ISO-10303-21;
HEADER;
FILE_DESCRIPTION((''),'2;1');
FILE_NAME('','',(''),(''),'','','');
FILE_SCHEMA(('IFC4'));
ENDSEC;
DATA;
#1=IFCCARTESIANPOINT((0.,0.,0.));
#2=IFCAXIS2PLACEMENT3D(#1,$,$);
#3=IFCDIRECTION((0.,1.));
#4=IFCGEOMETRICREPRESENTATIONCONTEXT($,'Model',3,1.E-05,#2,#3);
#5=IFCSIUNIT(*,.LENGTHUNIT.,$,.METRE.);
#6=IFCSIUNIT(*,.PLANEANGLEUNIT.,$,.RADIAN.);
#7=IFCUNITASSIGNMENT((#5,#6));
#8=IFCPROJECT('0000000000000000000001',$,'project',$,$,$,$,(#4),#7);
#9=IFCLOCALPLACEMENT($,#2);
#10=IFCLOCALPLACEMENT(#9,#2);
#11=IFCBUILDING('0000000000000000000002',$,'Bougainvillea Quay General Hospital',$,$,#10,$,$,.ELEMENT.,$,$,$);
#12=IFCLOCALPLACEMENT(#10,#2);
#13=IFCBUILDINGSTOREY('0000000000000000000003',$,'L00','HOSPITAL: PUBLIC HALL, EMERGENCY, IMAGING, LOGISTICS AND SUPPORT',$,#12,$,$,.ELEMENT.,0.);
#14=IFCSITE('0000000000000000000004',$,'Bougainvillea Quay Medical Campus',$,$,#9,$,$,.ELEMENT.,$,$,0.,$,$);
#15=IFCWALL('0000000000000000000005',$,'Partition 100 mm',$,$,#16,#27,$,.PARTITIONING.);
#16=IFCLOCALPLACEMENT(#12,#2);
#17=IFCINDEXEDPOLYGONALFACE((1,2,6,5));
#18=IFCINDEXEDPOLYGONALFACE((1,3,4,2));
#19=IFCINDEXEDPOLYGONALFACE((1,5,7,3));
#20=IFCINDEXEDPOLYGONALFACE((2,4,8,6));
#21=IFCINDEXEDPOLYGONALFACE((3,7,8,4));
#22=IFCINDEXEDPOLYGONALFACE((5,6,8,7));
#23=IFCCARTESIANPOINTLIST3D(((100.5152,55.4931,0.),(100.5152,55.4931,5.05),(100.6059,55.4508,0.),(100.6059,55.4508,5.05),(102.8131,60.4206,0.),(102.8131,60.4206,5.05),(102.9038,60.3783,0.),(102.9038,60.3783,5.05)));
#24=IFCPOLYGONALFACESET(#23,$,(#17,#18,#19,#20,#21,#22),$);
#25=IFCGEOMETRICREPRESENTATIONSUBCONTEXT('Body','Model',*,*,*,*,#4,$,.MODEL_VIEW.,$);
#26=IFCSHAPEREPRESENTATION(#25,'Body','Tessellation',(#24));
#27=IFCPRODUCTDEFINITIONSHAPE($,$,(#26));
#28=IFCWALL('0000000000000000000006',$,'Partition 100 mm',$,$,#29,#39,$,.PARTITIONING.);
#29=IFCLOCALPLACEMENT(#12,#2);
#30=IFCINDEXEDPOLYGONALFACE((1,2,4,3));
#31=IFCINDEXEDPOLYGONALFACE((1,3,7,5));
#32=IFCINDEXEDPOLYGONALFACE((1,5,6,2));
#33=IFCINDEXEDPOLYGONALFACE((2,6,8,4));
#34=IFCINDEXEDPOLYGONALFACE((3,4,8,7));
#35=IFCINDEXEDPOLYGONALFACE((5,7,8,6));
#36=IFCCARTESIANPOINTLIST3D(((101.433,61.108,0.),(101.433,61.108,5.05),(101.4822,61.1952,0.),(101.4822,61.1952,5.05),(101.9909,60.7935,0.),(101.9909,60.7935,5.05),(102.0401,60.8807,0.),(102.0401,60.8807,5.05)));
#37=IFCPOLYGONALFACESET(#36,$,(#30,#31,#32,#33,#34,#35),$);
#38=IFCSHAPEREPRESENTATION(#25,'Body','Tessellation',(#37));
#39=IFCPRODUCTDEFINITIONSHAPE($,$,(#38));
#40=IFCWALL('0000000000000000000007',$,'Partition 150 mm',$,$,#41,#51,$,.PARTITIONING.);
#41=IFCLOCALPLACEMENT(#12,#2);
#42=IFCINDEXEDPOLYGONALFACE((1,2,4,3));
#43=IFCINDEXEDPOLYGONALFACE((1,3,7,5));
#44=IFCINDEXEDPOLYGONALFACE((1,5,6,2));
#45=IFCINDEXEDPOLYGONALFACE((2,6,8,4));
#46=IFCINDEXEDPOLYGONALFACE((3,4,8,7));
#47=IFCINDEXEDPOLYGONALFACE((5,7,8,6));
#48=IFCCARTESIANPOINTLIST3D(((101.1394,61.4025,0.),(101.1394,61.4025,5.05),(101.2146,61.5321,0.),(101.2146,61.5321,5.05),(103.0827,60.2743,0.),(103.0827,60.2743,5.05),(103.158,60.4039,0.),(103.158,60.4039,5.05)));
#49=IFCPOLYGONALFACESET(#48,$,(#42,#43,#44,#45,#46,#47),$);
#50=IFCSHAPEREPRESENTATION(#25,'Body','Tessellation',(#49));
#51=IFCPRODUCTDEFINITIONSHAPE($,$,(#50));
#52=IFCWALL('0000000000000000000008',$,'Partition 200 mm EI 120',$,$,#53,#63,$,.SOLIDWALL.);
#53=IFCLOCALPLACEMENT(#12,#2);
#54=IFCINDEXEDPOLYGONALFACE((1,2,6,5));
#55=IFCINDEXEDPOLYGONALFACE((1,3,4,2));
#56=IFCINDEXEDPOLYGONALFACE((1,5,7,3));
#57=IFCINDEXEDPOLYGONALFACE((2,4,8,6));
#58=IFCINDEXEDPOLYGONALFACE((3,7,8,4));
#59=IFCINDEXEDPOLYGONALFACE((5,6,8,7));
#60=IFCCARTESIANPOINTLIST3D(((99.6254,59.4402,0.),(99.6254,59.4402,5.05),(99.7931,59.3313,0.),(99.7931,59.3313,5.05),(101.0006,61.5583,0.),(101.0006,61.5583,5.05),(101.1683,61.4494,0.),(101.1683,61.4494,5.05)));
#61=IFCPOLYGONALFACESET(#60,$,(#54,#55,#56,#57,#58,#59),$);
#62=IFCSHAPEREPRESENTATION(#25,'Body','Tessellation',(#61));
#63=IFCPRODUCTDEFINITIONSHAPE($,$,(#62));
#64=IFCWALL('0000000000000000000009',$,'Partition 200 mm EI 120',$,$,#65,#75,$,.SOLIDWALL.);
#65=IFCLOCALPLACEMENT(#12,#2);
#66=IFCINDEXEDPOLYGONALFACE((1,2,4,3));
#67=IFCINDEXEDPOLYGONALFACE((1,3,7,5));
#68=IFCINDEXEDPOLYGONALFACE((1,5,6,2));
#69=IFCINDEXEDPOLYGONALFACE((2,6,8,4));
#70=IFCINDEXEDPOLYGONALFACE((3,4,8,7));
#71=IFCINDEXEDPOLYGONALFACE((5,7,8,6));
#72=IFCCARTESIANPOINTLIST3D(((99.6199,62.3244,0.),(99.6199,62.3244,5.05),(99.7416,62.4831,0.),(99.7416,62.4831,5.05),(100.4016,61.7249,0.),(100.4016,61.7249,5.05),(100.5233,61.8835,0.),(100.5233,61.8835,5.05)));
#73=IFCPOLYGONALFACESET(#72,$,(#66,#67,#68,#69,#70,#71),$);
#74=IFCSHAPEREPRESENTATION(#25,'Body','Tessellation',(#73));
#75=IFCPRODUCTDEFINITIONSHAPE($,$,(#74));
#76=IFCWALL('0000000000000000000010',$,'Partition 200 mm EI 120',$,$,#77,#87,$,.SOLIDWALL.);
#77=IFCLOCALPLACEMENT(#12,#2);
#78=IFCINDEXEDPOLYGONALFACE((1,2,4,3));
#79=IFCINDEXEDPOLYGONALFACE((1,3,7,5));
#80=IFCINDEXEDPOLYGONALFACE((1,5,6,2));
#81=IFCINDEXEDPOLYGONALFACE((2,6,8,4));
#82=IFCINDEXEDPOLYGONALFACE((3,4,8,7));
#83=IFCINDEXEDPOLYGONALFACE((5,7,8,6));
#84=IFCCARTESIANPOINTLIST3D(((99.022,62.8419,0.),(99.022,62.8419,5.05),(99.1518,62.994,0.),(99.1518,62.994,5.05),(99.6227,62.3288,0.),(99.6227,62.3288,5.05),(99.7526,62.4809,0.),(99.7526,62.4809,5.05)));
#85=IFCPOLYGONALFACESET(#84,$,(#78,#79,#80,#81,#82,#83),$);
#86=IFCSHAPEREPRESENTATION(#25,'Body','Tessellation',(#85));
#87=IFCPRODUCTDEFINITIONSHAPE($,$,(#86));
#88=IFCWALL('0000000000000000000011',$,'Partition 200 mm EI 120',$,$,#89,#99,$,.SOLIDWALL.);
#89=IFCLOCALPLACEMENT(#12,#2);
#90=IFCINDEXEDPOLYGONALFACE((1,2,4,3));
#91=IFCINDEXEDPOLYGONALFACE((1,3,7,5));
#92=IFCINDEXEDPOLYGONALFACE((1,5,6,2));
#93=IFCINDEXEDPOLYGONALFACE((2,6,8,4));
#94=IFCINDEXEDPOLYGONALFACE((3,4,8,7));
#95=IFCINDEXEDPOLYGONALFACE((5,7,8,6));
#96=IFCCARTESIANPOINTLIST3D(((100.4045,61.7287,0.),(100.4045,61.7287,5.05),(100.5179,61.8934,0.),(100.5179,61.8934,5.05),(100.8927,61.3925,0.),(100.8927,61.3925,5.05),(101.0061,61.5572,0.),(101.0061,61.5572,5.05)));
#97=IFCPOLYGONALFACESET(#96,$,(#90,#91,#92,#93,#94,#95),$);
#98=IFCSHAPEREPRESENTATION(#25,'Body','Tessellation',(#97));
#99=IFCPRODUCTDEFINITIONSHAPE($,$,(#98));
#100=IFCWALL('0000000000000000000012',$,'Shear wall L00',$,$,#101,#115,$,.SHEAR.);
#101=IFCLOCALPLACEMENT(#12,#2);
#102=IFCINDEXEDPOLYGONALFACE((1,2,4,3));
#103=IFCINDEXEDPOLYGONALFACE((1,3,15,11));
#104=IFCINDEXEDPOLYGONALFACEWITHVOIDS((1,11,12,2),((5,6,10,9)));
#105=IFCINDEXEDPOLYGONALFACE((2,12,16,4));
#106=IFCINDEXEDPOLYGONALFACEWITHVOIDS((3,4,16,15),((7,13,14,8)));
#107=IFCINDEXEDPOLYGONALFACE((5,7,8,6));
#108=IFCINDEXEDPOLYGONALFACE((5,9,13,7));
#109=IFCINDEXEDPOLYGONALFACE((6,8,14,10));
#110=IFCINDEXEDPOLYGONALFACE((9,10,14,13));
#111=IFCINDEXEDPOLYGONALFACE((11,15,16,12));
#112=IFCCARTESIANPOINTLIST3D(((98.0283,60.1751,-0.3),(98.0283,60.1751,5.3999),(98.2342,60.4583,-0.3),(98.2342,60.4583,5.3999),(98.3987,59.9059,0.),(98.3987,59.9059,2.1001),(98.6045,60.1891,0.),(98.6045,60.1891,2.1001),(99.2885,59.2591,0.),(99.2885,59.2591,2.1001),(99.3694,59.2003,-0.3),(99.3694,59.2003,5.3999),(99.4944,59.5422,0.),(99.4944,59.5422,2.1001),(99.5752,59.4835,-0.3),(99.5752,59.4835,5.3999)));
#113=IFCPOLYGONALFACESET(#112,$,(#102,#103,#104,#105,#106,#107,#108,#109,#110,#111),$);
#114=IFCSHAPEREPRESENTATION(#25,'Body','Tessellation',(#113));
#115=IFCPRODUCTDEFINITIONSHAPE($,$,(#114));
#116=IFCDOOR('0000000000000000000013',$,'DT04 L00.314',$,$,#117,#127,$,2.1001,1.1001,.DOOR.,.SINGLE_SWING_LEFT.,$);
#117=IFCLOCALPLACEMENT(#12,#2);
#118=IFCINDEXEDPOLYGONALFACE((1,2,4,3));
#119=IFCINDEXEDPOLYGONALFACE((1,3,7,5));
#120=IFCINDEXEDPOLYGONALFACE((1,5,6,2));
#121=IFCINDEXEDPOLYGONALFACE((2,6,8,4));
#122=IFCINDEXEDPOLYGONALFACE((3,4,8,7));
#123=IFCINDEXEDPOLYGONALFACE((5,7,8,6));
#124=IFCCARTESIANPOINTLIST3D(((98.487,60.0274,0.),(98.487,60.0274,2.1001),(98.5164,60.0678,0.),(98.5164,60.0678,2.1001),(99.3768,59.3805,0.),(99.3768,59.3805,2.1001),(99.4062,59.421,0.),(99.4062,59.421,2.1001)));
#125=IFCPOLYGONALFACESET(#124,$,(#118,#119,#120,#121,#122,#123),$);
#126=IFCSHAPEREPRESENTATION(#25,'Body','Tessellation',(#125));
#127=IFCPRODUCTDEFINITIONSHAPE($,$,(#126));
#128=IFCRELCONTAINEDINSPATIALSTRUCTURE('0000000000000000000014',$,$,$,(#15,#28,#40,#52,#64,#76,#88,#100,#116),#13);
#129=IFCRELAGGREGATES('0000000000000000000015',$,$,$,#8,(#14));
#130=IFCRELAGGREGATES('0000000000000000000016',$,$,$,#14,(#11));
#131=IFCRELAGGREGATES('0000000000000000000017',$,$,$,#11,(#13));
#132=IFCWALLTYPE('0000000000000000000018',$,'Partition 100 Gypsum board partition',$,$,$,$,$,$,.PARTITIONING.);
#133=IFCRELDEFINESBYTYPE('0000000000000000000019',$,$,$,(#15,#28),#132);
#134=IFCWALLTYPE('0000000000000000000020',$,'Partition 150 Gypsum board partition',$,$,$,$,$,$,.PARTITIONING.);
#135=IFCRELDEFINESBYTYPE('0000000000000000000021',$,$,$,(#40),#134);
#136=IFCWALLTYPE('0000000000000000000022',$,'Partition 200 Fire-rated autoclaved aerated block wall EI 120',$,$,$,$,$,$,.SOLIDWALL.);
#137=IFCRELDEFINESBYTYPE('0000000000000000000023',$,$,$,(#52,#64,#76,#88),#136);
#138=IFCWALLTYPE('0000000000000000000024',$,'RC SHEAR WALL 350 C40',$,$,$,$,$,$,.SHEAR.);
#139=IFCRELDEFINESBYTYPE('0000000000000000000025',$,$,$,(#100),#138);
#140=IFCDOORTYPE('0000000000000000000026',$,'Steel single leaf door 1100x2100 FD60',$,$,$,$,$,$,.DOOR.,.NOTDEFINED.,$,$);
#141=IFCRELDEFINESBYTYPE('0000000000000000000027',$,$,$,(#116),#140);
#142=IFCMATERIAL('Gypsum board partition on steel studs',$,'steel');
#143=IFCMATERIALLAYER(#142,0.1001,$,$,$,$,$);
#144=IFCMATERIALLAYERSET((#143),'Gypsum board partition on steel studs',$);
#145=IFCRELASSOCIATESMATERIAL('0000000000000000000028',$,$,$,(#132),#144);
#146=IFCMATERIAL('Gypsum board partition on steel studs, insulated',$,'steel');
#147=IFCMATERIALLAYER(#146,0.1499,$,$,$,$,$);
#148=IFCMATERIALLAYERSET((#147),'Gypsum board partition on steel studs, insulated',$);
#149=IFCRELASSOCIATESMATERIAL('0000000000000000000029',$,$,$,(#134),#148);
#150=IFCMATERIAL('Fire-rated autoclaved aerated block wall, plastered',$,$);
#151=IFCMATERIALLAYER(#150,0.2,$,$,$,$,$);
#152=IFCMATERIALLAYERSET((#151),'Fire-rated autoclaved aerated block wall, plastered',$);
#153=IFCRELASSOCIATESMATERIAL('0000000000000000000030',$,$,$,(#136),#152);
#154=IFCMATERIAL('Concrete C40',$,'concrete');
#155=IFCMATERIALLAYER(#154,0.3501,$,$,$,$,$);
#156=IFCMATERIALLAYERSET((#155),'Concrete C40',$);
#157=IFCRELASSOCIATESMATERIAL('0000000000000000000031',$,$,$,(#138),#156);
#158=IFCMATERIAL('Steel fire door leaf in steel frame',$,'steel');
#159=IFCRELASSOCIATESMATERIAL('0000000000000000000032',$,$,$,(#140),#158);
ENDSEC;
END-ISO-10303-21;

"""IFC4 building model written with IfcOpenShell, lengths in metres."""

from ifc_helpers import new_model, si_unit, direction, frame, frame_2d, origin, place, context, subcontext, project, spatial, rectangle, extrude, material, layer, layer_set, type_object, element, fill, save


model = new_model("IFC4")

# Units and contexts
model_context = context("Model", 3, precision=1e-05, world=origin(), true_north=direction((0.0, 1.0)))
body_context = subcontext(model_context, "Body", "Model", "MODEL_VIEW")
ifc_project = project(units=[si_unit("LENGTHUNIT", "METRE"), si_unit("PLANEANGLEUNIT", "RADIAN")], contexts=[model_context])

# Site, building, storey
site_placement = place(None, origin())
site = spatial("IfcSite", under=ifc_project, at=site_placement, Name="Bougainvillea Quay Medical Campus", CompositionType="ELEMENT", RefElevation=0.0)
building_placement = place(site_placement, origin())
building = spatial("IfcBuilding", under=site, at=building_placement, Name="Bougainvillea Quay General Hospital", CompositionType="ELEMENT")
storey_placement = place(building_placement, origin())
storey = spatial("IfcBuildingStorey", under=building, at=storey_placement, Name="L00", Description="HOSPITAL: PUBLIC HALL, EMERGENCY, IMAGING, LOGISTICS AND SUPPORT", CompositionType="ELEMENT", Elevation=0.0)

# Walls
ifc_material_1 = material(Name="Gypsum board partition on steel studs", Category="steel")
ifc_layer_1 = layer(ifc_material_1, 0.1001)
ifc_layer_set_1 = layer_set([ifc_layer_1], Name="Gypsum board partition on steel studs")
wall_type_1 = type_object("IfcWallType", Name="Partition 100 Gypsum board partition", PredefinedType="PARTITIONING", material=ifc_layer_set_1)
wall_1_placement = place(storey_placement, frame((100.5605, 55.4719, 0.0), z_axis=(0.0, 0.0, 1.0), x_axis=(0.422637, 0.906299, 0.0)))
element("IfcWall", 1, at=wall_1_placement, inside=storey, type_object=wall_type_1, Name="Partition 100 mm", PredefinedType="PARTITIONING", context=body_context, shape_type="SweptSolid", body=[
    extrude(rectangle(XDim=5.437, YDim=0.1001, at=frame_2d((2.7185, 0.0))), origin(), (0.0, 0.0, 1.0), 5.05),
])
wall_2_placement = place(storey_placement, frame((101.4575, 61.1516, 0.0), z_axis=(0.0, 0.0, 1.0), x_axis=(0.871137, -0.491039, 0.0)))
element("IfcWall", 2, at=wall_2_placement, inside=storey, type_object=wall_type_1, Name="Partition 100 mm", PredefinedType="PARTITIONING", context=body_context, shape_type="SweptSolid", body=[
    extrude(rectangle(XDim=0.6404, YDim=0.1001, at=frame_2d((0.3203, 0.0))), origin(), (0.0, 0.0, 1.0), 5.05),
])
ifc_material_2 = material(Name="Gypsum board partition on steel studs, insulated", Category="steel")
ifc_layer_2 = layer(ifc_material_2, 0.1499)
ifc_layer_set_2 = layer_set([ifc_layer_2], Name="Gypsum board partition on steel studs, insulated")
wall_type_2 = type_object("IfcWallType", Name="Partition 150 Gypsum board partition", PredefinedType="PARTITIONING", material=ifc_layer_set_2)
wall_3_placement = place(storey_placement, frame((101.177, 61.4673, 0.0), z_axis=(0.0, 0.0, 1.0), x_axis=(0.864833, -0.50206, 0.0)))
element("IfcWall", 3, at=wall_3_placement, inside=storey, type_object=wall_type_2, Name="Partition 150 mm", PredefinedType="PARTITIONING", context=body_context, shape_type="SweptSolid", body=[
    extrude(rectangle(XDim=2.2471, YDim=0.1499, at=frame_2d((1.1235, 0.0))), origin(), (0.0, 0.0, 1.0), 5.05),
])
ifc_material_3 = material(Name="Fire-rated autoclaved aerated block wall, plastered")
ifc_layer_3 = layer(ifc_material_3, 0.2)
ifc_layer_set_3 = layer_set([ifc_layer_3], Name="Fire-rated autoclaved aerated block wall, plastered")
wall_type_3 = type_object("IfcWallType", Name="Partition 200 Fire-rated autoclaved aerated block wall EI 120", PredefinedType="SOLIDWALL", material=ifc_layer_set_3)
wall_4_placement = place(storey_placement, frame((99.7092, 59.3857, 0.0), z_axis=(0.0, 0.0, 1.0), x_axis=(0.544553, 0.838726, 0.0)))
element("IfcWall", 4, at=wall_4_placement, inside=storey, type_object=wall_type_3, Name="Partition 200 mm EI 120", PredefinedType="SOLIDWALL", context=body_context, shape_type="SweptSolid", body=[
    extrude(rectangle(XDim=2.5254, YDim=0.2, at=frame_2d((1.2627, 0.0))), origin(), (0.0, 0.0, 1.0), 5.05),
])
wall_5_placement = place(storey_placement, frame((99.6807, 62.4038, 0.0), z_axis=(0.0, 0.0, 1.0), x_axis=(0.793471, -0.608608, 0.0)))
element("IfcWall", 5, at=wall_5_placement, inside=storey, type_object=wall_type_3, Name="Partition 200 mm EI 120", PredefinedType="SOLIDWALL", context=body_context, shape_type="SweptSolid", body=[
    extrude(rectangle(XDim=0.9851, YDim=0.2, at=frame_2d((0.4927, 0.0))), origin(), (0.0, 0.0, 1.0), 5.05),
])
wall_6_placement = place(storey_placement, frame((99.0869, 62.918, 0.0), z_axis=(0.0, 0.0, 1.0), x_axis=(0.76039, -0.649467, 0.0)))
element("IfcWall", 6, at=wall_6_placement, inside=storey, type_object=wall_type_3, Name="Partition 200 mm EI 120", PredefinedType="SOLIDWALL", context=body_context, shape_type="SweptSolid", body=[
    extrude(rectangle(XDim=0.79, YDim=0.2, at=frame_2d((0.395, 0.0))), origin(), (0.0, 0.0, 1.0), 5.05),
])
wall_7_placement = place(storey_placement, frame((100.4612, 61.811, 0.0), z_axis=(0.0, 0.0, 1.0), x_axis=(0.823657, -0.567088, 0.0)))
element("IfcWall", 7, at=wall_7_placement, inside=storey, type_object=wall_type_3, Name="Partition 200 mm EI 120", PredefinedType="SOLIDWALL", context=body_context, shape_type="SweptSolid", body=[
    extrude(rectangle(XDim=0.5928, YDim=0.2, at=frame_2d((0.2964, 0.0))), origin(), (0.0, 0.0, 1.0), 5.05),
])

# Wall, opening, door
ifc_material_4 = material(Name="Concrete C40", Category="concrete")
ifc_layer_4 = layer(ifc_material_4, 0.3501)
ifc_layer_set_4 = layer_set([ifc_layer_4], Name="Concrete C40")
wall_type_4 = type_object("IfcWallType", Name="RC SHEAR WALL 350 C40", PredefinedType="SHEAR", material=ifc_layer_set_4)
wall_8_placement = place(storey_placement, frame((99.4724, 59.3418, -0.3), z_axis=(0.0, 0.0, 1.0), x_axis=(-0.80887, 0.587988, 0.0)))
wall_8 = element("IfcWall", 8, at=wall_8_placement, inside=storey, type_object=wall_type_4, Name="Shear wall L00", PredefinedType="SHEAR", context=body_context, shape_type="SweptSolid", body=[
    extrude(rectangle(XDim=1.658, YDim=0.3501, at=frame_2d((0.8291, 0.0))), origin(), (0.0, 0.0, 1.0), 5.7),
])
opening_placement = place(wall_8_placement, frame((0.1001, 0.0, 0.3)))
opening = element("IfcOpeningElement", 9, at=opening_placement, cuts=wall_8, PredefinedType="OPENING", context=body_context, shape_type="SweptSolid", body=[
    extrude(rectangle(XDim=1.1001, YDim=2.1001, at=frame_2d((0.55, 1.05))), frame((0.0, 0.1851, 0.0), z_axis=(0.0, -1.0, 0.0), x_axis=(1.0, 0.0, 0.0)), (0.0, 0.0, 1.0), 0.3701),
])
ifc_material_5 = material(Name="Steel fire door leaf in steel frame", Category="steel")
door_type = type_object("IfcDoorType", Name="Steel single leaf door 1100x2100 FD60", OperationType="NOTDEFINED", PredefinedType="DOOR", material=ifc_material_5)
door_placement = place(opening_placement, origin())
door = element("IfcDoor", 10, at=door_placement, inside=storey, type_object=door_type, Name="DT04 L00.314", OperationType="SINGLE_SWING_LEFT", OverallHeight=2.1001, OverallWidth=1.1001, PredefinedType="DOOR", context=body_context, shape_type="SweptSolid", body=[
    extrude(rectangle(XDim=1.1001, YDim=2.1001, at=frame_2d((0.55, 1.05))), frame((0.0, 0.0249, 0.0), z_axis=(0.0, -1.0, 0.0), x_axis=(1.0, 0.0, 0.0)), (0.0, 0.0, 1.0), 0.05),
])
fill(opening, door)

save(model, "model.ifc")
